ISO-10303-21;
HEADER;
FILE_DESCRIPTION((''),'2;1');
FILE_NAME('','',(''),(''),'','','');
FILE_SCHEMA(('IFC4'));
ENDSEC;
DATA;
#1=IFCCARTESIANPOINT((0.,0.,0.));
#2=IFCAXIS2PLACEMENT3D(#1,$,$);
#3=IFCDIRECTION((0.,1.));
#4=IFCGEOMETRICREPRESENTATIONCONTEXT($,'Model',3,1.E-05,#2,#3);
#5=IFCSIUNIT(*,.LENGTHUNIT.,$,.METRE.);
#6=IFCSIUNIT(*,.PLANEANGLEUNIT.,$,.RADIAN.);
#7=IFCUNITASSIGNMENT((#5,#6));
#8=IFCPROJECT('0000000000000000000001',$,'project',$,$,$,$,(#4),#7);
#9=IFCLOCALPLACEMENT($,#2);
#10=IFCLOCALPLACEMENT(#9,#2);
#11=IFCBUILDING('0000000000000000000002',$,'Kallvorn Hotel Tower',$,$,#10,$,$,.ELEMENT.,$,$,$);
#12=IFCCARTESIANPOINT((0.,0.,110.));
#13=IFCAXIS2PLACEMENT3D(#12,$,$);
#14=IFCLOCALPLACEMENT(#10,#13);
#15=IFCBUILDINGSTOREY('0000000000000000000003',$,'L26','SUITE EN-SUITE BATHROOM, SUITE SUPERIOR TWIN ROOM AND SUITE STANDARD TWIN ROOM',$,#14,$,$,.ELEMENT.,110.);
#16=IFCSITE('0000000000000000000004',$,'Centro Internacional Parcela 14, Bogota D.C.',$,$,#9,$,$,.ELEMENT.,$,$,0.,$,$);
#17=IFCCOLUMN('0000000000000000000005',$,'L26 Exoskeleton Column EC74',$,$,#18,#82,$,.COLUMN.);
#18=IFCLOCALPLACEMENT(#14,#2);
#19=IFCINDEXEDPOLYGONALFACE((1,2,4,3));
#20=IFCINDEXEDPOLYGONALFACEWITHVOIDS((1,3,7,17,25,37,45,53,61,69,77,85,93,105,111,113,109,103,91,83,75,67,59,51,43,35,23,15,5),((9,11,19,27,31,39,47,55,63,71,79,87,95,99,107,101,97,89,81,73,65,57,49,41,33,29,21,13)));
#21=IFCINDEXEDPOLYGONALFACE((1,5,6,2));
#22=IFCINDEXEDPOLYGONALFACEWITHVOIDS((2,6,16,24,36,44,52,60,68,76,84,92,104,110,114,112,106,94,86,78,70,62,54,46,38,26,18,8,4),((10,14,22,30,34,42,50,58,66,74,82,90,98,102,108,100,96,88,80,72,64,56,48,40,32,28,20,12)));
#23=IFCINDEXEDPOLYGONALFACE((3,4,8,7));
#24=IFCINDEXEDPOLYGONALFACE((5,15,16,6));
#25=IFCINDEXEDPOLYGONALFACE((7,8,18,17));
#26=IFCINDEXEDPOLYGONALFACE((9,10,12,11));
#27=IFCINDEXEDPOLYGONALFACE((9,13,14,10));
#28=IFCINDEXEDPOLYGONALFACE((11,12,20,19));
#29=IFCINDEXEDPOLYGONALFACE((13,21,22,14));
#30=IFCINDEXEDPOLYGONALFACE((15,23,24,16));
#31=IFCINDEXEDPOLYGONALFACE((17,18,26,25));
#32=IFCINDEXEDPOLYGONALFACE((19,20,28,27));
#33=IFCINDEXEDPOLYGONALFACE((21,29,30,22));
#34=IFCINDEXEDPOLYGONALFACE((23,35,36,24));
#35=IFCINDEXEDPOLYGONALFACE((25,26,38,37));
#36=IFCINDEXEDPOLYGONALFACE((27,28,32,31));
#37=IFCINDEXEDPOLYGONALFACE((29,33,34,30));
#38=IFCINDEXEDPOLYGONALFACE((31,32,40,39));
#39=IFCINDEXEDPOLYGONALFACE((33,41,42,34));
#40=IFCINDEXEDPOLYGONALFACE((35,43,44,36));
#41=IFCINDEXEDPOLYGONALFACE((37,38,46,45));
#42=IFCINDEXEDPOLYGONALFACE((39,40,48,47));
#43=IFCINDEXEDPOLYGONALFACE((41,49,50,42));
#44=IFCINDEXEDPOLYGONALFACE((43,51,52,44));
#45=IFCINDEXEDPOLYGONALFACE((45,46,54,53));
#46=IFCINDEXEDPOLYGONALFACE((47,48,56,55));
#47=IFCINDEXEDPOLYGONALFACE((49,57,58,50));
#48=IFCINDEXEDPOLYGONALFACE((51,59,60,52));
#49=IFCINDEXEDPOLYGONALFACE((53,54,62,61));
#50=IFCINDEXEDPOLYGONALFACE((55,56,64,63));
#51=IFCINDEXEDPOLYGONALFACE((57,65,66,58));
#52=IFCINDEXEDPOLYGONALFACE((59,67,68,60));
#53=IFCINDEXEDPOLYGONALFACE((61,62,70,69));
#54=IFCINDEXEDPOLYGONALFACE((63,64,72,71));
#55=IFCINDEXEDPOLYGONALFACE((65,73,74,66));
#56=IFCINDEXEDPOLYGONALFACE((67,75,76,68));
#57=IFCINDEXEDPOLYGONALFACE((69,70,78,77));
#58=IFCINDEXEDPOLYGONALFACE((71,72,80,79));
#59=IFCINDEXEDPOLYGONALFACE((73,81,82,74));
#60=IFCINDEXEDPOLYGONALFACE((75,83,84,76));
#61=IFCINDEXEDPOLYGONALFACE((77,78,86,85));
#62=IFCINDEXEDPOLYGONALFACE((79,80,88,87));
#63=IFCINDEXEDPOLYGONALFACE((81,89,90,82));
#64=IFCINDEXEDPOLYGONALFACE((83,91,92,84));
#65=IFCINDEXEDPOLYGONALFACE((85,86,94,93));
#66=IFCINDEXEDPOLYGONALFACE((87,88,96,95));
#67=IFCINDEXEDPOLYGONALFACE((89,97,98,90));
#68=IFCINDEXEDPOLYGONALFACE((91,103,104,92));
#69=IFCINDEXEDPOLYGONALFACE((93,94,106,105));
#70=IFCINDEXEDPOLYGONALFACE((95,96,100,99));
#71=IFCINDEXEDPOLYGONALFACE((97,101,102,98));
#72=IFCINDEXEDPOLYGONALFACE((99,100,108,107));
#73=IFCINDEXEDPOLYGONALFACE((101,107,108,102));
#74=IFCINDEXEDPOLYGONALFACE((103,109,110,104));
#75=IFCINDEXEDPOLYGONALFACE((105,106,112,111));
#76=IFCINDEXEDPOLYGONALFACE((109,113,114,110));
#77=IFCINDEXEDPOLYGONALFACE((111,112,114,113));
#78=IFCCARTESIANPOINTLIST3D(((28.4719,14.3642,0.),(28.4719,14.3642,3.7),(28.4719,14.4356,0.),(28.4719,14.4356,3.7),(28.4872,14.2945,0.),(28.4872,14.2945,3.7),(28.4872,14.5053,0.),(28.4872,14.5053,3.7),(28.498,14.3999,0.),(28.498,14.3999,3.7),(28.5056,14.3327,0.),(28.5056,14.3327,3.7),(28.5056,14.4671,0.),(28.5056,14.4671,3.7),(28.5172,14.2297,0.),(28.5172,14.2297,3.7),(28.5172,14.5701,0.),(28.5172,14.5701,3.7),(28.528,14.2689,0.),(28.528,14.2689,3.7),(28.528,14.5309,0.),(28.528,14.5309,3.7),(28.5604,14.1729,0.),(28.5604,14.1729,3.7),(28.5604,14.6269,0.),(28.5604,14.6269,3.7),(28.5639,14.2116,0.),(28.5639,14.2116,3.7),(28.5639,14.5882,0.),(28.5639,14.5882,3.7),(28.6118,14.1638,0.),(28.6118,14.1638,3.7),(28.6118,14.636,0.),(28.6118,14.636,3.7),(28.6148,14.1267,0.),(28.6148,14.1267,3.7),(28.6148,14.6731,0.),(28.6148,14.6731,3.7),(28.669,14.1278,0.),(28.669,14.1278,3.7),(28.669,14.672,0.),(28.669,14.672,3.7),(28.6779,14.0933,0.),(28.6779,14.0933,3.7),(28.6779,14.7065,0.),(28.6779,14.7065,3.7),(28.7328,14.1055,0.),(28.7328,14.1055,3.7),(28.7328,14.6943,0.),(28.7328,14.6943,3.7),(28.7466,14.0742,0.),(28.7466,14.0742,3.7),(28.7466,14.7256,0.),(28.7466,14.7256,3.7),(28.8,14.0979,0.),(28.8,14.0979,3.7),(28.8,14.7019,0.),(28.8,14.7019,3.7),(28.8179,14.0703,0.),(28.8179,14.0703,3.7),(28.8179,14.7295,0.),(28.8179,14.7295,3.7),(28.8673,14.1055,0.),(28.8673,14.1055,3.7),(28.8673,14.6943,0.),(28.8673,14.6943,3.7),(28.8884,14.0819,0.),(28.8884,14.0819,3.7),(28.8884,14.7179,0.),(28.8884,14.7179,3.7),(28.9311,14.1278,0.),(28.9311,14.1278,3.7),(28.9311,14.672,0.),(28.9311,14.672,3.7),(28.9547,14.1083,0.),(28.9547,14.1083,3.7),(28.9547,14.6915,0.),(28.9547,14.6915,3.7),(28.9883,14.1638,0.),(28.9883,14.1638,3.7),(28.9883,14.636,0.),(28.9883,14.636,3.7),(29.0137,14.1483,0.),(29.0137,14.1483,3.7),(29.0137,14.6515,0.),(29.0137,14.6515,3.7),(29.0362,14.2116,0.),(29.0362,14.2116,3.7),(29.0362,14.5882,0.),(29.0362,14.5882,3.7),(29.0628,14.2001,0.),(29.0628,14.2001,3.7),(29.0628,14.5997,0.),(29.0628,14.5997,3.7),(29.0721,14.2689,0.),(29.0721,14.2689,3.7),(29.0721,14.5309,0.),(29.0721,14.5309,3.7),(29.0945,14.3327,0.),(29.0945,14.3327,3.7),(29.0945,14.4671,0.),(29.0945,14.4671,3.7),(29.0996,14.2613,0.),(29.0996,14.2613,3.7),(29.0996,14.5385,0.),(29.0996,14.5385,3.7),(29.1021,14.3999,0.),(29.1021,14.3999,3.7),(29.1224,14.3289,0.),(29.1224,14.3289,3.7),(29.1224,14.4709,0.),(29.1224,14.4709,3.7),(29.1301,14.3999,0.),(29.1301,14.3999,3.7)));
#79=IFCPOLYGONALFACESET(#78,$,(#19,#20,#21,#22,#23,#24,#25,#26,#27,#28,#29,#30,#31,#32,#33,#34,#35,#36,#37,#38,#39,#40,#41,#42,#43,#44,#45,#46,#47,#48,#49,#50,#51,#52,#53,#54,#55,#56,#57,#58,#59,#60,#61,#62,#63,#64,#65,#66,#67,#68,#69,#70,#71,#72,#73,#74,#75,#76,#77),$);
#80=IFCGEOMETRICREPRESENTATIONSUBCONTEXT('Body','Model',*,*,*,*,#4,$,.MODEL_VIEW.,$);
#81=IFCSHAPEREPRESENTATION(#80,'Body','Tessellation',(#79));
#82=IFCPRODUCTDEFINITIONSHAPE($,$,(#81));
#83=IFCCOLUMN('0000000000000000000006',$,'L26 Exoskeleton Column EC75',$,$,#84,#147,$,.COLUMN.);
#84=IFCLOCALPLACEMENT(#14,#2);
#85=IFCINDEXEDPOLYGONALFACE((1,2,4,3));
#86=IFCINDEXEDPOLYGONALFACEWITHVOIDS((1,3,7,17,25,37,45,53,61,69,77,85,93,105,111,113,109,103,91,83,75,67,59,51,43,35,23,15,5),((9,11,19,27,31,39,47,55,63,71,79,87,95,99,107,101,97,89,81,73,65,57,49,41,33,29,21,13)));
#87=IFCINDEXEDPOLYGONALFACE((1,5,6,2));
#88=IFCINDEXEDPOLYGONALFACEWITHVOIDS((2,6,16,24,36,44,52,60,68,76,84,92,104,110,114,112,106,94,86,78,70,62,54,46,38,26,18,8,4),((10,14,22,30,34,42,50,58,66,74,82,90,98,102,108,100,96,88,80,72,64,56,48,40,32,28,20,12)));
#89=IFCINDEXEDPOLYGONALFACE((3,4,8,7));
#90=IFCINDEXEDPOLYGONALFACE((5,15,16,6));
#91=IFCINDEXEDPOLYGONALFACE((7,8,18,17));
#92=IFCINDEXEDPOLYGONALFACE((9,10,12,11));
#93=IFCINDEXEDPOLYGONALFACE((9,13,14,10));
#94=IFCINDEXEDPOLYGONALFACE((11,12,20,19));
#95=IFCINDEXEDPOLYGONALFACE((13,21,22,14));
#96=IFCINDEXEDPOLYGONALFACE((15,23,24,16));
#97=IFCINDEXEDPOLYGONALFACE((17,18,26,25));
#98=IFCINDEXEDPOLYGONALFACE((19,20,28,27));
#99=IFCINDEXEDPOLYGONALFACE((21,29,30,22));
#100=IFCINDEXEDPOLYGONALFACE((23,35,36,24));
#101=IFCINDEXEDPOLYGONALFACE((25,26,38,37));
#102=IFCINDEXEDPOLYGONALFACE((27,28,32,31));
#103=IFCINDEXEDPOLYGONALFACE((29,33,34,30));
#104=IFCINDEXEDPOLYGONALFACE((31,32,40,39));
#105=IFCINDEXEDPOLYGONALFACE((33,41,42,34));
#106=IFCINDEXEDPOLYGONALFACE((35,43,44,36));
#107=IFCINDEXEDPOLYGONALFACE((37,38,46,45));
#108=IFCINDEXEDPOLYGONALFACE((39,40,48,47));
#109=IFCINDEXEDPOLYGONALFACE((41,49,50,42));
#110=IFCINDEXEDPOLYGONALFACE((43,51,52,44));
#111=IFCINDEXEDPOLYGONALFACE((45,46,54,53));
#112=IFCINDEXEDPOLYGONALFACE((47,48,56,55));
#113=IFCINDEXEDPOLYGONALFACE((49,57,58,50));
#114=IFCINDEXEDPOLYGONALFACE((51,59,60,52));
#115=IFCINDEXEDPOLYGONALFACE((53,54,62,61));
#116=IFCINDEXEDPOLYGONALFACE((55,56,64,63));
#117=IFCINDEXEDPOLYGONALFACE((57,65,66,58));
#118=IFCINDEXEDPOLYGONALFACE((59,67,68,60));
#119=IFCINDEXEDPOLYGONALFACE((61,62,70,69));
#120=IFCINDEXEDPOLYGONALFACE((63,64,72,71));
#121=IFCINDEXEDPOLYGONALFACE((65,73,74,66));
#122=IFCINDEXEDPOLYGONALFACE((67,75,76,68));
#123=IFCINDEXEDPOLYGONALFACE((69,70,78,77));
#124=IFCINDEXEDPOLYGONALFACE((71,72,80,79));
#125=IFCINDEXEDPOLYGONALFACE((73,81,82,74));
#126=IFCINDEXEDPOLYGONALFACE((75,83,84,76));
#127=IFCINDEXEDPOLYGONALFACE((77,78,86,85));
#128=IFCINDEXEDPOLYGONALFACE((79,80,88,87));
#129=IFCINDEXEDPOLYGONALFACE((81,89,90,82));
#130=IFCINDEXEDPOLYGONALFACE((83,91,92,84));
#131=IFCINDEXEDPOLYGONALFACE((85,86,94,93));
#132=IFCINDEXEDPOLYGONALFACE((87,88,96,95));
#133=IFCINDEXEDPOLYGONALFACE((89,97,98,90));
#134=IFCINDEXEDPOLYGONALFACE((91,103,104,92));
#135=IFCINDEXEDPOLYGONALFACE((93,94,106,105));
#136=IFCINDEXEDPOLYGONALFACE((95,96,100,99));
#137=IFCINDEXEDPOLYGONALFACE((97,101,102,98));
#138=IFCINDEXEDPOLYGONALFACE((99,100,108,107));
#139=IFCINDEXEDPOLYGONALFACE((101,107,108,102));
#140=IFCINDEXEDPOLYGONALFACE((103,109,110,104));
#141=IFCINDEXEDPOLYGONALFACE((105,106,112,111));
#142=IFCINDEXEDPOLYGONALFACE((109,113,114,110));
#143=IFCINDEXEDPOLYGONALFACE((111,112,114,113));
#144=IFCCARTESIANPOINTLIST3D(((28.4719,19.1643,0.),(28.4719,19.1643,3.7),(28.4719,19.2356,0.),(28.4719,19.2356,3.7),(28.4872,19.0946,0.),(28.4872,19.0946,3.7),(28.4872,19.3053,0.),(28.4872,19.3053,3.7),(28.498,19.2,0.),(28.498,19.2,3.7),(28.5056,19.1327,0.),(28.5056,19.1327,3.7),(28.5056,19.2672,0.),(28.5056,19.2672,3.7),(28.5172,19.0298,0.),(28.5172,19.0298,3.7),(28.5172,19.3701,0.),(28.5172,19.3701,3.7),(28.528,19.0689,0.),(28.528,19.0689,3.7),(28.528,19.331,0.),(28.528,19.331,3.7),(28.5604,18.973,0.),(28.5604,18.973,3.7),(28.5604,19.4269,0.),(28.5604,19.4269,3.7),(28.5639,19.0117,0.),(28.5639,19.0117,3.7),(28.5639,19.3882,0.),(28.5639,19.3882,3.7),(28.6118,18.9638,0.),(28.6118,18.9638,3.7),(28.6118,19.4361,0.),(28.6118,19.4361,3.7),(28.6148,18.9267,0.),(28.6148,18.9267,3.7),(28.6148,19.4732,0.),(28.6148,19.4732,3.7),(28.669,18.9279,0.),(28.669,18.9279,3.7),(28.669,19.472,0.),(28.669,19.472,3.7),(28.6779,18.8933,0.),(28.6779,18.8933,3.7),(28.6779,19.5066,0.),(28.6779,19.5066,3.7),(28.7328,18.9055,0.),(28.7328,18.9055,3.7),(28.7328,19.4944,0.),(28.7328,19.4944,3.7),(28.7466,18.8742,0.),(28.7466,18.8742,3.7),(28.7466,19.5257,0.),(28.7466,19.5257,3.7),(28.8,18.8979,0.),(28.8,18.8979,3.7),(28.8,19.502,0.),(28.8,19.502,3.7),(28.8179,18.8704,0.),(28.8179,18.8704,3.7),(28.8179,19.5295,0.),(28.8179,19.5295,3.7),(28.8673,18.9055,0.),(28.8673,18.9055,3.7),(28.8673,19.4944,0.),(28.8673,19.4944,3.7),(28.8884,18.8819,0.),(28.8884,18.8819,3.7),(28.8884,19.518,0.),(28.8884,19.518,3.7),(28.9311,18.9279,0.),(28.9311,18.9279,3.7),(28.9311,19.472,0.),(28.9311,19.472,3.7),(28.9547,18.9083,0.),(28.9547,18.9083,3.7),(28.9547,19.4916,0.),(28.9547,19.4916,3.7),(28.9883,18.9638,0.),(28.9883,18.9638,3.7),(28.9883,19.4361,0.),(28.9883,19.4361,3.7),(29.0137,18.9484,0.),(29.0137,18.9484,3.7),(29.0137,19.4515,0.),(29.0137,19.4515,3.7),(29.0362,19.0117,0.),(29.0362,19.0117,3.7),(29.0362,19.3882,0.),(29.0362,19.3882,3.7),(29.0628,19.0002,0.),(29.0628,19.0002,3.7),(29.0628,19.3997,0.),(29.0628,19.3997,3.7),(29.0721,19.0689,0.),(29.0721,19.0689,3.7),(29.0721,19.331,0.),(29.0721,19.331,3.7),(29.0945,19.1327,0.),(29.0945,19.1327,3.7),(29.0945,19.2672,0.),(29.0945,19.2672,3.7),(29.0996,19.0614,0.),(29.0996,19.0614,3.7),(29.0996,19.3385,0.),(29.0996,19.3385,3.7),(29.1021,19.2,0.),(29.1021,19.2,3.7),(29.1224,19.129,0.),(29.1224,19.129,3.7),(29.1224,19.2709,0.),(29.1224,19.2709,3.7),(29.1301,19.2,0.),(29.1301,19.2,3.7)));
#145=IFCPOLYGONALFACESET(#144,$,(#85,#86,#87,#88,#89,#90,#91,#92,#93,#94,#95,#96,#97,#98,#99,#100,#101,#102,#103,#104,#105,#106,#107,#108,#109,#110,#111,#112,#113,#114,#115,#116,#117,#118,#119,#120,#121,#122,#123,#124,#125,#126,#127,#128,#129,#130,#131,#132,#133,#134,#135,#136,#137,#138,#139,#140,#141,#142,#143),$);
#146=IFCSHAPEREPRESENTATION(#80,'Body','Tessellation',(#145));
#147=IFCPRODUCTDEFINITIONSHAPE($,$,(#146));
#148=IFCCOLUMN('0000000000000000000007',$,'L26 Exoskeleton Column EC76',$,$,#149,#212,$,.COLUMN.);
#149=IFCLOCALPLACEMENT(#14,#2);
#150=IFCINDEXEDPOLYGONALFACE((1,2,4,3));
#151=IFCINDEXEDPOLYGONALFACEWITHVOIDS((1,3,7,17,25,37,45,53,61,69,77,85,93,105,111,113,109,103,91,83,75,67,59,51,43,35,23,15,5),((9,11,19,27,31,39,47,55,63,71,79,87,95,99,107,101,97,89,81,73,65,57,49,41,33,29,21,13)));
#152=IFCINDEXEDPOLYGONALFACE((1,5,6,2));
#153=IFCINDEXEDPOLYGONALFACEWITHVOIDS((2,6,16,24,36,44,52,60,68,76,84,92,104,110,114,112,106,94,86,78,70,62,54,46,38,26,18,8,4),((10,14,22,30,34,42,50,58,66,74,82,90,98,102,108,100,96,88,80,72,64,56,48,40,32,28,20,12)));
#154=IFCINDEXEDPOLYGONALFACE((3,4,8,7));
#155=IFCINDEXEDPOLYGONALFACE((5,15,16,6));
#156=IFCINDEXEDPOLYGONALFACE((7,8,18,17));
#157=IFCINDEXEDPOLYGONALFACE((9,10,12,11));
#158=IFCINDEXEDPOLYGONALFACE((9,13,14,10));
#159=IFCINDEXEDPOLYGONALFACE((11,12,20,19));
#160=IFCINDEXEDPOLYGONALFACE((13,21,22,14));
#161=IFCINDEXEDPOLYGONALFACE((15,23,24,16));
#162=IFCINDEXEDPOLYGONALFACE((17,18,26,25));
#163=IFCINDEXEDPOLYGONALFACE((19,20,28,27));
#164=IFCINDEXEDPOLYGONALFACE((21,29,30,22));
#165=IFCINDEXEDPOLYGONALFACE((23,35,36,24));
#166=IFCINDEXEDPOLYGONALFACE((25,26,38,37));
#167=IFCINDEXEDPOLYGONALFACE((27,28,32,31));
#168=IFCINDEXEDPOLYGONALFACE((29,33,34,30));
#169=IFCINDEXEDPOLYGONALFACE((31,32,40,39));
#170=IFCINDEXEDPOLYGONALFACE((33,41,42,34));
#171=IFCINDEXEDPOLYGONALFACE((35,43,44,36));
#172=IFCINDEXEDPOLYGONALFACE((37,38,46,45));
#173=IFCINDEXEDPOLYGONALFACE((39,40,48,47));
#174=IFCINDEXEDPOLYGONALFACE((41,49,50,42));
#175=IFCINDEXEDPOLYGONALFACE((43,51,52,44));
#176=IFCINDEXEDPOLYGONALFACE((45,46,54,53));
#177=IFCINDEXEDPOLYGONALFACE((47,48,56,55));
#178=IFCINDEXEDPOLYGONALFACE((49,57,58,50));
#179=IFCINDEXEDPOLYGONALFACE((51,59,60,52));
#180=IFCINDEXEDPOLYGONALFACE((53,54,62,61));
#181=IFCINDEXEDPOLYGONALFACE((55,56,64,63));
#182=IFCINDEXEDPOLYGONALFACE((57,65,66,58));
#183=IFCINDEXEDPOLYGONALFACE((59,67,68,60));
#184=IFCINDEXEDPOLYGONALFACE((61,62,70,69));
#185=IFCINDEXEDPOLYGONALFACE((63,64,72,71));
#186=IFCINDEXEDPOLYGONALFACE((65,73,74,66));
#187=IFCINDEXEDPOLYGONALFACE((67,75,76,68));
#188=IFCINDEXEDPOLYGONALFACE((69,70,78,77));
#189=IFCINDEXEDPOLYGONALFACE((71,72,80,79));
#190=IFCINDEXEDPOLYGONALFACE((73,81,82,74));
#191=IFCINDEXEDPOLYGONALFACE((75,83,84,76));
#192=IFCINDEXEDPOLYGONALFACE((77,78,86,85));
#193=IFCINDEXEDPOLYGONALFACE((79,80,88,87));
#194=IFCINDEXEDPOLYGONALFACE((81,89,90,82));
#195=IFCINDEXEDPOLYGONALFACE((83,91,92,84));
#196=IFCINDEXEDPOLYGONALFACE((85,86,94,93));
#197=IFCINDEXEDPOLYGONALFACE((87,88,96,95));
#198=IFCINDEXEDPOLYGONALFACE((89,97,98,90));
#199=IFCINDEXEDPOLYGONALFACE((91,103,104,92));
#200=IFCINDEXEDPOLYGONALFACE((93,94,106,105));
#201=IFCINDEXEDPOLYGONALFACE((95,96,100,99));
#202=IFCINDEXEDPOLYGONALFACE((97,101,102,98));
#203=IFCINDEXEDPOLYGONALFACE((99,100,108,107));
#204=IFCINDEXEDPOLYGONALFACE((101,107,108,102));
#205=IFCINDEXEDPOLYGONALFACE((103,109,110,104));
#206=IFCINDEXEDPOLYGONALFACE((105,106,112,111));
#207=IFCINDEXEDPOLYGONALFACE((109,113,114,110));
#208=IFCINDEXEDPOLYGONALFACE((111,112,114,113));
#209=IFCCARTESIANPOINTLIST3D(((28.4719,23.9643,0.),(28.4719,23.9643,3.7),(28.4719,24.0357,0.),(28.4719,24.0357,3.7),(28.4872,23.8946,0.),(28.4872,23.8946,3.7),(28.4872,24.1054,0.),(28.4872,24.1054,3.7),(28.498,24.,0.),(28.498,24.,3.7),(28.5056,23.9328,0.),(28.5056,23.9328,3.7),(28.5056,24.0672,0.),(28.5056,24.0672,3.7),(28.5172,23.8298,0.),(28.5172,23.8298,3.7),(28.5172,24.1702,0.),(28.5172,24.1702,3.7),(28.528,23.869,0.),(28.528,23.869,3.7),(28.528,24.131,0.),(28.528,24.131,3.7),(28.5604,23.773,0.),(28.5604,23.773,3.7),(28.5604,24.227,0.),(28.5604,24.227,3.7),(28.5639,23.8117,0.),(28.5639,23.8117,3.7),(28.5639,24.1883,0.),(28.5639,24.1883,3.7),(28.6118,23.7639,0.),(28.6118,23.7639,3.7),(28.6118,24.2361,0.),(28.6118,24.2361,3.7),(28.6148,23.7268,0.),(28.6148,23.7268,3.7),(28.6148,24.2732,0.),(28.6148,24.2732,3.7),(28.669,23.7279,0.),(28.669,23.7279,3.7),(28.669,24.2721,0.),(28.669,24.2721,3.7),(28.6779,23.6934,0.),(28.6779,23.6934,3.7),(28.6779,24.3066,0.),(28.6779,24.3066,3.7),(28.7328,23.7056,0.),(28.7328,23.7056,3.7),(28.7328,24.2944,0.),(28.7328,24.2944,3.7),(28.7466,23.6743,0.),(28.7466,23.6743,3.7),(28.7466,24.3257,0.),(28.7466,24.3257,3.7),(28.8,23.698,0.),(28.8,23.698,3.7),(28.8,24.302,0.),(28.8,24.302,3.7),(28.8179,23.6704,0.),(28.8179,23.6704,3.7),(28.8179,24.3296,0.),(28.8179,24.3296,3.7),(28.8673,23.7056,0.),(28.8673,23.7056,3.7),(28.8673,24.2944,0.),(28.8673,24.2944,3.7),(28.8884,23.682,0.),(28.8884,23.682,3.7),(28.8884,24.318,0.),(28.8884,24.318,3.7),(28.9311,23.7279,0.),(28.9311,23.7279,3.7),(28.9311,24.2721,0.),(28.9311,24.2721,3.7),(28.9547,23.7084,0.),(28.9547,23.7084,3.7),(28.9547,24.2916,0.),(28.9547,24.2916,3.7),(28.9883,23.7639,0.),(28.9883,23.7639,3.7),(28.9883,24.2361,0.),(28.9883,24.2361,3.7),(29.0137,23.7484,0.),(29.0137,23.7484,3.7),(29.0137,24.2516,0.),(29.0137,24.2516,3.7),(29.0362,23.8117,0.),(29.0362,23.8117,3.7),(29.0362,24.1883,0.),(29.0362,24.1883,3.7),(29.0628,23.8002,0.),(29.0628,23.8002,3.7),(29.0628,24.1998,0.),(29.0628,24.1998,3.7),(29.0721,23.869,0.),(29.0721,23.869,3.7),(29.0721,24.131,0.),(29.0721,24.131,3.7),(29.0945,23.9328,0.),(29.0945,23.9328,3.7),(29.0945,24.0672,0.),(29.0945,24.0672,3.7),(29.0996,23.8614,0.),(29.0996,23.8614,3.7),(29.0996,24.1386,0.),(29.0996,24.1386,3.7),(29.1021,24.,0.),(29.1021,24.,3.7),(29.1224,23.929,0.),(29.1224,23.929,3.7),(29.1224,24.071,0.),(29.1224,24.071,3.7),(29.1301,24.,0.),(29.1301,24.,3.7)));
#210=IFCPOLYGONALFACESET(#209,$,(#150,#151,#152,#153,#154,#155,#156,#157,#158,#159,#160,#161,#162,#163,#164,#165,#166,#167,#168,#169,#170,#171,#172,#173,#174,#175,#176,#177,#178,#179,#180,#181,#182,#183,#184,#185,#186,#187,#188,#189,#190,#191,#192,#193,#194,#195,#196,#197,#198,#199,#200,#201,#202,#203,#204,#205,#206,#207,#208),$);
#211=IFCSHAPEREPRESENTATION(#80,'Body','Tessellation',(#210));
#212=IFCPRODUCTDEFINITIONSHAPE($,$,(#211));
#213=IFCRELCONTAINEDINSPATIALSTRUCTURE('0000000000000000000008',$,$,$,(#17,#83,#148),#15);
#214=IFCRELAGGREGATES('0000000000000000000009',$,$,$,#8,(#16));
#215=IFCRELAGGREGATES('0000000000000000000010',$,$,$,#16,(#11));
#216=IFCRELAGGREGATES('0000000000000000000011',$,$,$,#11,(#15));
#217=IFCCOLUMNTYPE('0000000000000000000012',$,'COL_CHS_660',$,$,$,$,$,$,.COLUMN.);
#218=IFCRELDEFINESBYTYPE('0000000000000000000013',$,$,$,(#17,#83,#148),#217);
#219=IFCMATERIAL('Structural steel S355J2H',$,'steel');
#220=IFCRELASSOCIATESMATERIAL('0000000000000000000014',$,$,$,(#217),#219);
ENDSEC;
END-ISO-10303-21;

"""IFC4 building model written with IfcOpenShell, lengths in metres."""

from ifc_helpers import new_model, si_unit, direction, frame, origin, origin_2d, place, context, subcontext, project, spatial, hollow_circle, extrude, material, material_profile, profile_set, type_object, element, save


model = new_model("IFC4")

# Units and contexts
model_context = context("Model", 3, precision=1e-05, world=origin(), true_north=direction((0.0, 1.0)))
body_context = subcontext(model_context, "Body", "Model", "MODEL_VIEW")
ifc_project = project(units=[si_unit("LENGTHUNIT", "METRE"), si_unit("PLANEANGLEUNIT", "RADIAN")], contexts=[model_context])

# Site, building, storey
site_placement = place(None, origin())
site = spatial("IfcSite", under=ifc_project, at=site_placement, Name="Centro Internacional Parcela 14, Bogota D.C.", CompositionType="ELEMENT", RefElevation=0.0)
building_placement = place(site_placement, origin())
building = spatial("IfcBuilding", under=site, at=building_placement, Name="Kallvorn Hotel Tower", CompositionType="ELEMENT")
storey_placement = place(building_placement, frame((0.0, 0.0, 110.0)))
storey = spatial("IfcBuildingStorey", under=building, at=storey_placement, Name="L26", Description="SUITE EN-SUITE BATHROOM, SUITE SUPERIOR TWIN ROOM AND SUITE STANDARD TWIN ROOM", CompositionType="ELEMENT", Elevation=110.0)

# Columns
ifc_material_1 = material(Name="Structural steel S355J2H", Category="steel")
ifc_material_profile_1 = material_profile(ifc_material_1, hollow_circle(Radius=0.3301, WallThickness=0.0281, at=origin_2d()), Name="CHS 660x28")
ifc_profile_set_1 = profile_set([ifc_material_profile_1], Name="Structural steel S355J2H")
column_type_1 = type_object("IfcColumnType", Name="COL_CHS_660", PredefinedType="COLUMN", material=ifc_profile_set_1)
for number, where, z_axis, x_axis, name in (
    (1, (28.8, 14.3999, 0.0), (0.0, 0.0, 1.0), (1.0, 0.0, 0.0), "L26 Exoskeleton Column EC74"),
    (2, (28.8, 19.2, 0.0), (0.0, 0.0, 1.0), (1.0, 0.0, 0.0), "L26 Exoskeleton Column EC75"),
    (3, (28.8, 24.0, 0.0), (0.0, 0.0, 1.0), (1.0, 0.0, 0.0), "L26 Exoskeleton Column EC76"),
):
    element("IfcColumn", number, at=place(storey_placement, frame(where, z_axis=z_axis, x_axis=x_axis)), inside=storey, type_object=column_type_1, Name=name, PredefinedType="COLUMN", context=body_context, shape_type="SweptSolid", body=[
        extrude(hollow_circle(Radius=0.3301, WallThickness=0.0281, at=origin_2d()), origin(), (0.0, 0.0, 1.0), 3.7),
    ])

save(model, "model.ifc")
